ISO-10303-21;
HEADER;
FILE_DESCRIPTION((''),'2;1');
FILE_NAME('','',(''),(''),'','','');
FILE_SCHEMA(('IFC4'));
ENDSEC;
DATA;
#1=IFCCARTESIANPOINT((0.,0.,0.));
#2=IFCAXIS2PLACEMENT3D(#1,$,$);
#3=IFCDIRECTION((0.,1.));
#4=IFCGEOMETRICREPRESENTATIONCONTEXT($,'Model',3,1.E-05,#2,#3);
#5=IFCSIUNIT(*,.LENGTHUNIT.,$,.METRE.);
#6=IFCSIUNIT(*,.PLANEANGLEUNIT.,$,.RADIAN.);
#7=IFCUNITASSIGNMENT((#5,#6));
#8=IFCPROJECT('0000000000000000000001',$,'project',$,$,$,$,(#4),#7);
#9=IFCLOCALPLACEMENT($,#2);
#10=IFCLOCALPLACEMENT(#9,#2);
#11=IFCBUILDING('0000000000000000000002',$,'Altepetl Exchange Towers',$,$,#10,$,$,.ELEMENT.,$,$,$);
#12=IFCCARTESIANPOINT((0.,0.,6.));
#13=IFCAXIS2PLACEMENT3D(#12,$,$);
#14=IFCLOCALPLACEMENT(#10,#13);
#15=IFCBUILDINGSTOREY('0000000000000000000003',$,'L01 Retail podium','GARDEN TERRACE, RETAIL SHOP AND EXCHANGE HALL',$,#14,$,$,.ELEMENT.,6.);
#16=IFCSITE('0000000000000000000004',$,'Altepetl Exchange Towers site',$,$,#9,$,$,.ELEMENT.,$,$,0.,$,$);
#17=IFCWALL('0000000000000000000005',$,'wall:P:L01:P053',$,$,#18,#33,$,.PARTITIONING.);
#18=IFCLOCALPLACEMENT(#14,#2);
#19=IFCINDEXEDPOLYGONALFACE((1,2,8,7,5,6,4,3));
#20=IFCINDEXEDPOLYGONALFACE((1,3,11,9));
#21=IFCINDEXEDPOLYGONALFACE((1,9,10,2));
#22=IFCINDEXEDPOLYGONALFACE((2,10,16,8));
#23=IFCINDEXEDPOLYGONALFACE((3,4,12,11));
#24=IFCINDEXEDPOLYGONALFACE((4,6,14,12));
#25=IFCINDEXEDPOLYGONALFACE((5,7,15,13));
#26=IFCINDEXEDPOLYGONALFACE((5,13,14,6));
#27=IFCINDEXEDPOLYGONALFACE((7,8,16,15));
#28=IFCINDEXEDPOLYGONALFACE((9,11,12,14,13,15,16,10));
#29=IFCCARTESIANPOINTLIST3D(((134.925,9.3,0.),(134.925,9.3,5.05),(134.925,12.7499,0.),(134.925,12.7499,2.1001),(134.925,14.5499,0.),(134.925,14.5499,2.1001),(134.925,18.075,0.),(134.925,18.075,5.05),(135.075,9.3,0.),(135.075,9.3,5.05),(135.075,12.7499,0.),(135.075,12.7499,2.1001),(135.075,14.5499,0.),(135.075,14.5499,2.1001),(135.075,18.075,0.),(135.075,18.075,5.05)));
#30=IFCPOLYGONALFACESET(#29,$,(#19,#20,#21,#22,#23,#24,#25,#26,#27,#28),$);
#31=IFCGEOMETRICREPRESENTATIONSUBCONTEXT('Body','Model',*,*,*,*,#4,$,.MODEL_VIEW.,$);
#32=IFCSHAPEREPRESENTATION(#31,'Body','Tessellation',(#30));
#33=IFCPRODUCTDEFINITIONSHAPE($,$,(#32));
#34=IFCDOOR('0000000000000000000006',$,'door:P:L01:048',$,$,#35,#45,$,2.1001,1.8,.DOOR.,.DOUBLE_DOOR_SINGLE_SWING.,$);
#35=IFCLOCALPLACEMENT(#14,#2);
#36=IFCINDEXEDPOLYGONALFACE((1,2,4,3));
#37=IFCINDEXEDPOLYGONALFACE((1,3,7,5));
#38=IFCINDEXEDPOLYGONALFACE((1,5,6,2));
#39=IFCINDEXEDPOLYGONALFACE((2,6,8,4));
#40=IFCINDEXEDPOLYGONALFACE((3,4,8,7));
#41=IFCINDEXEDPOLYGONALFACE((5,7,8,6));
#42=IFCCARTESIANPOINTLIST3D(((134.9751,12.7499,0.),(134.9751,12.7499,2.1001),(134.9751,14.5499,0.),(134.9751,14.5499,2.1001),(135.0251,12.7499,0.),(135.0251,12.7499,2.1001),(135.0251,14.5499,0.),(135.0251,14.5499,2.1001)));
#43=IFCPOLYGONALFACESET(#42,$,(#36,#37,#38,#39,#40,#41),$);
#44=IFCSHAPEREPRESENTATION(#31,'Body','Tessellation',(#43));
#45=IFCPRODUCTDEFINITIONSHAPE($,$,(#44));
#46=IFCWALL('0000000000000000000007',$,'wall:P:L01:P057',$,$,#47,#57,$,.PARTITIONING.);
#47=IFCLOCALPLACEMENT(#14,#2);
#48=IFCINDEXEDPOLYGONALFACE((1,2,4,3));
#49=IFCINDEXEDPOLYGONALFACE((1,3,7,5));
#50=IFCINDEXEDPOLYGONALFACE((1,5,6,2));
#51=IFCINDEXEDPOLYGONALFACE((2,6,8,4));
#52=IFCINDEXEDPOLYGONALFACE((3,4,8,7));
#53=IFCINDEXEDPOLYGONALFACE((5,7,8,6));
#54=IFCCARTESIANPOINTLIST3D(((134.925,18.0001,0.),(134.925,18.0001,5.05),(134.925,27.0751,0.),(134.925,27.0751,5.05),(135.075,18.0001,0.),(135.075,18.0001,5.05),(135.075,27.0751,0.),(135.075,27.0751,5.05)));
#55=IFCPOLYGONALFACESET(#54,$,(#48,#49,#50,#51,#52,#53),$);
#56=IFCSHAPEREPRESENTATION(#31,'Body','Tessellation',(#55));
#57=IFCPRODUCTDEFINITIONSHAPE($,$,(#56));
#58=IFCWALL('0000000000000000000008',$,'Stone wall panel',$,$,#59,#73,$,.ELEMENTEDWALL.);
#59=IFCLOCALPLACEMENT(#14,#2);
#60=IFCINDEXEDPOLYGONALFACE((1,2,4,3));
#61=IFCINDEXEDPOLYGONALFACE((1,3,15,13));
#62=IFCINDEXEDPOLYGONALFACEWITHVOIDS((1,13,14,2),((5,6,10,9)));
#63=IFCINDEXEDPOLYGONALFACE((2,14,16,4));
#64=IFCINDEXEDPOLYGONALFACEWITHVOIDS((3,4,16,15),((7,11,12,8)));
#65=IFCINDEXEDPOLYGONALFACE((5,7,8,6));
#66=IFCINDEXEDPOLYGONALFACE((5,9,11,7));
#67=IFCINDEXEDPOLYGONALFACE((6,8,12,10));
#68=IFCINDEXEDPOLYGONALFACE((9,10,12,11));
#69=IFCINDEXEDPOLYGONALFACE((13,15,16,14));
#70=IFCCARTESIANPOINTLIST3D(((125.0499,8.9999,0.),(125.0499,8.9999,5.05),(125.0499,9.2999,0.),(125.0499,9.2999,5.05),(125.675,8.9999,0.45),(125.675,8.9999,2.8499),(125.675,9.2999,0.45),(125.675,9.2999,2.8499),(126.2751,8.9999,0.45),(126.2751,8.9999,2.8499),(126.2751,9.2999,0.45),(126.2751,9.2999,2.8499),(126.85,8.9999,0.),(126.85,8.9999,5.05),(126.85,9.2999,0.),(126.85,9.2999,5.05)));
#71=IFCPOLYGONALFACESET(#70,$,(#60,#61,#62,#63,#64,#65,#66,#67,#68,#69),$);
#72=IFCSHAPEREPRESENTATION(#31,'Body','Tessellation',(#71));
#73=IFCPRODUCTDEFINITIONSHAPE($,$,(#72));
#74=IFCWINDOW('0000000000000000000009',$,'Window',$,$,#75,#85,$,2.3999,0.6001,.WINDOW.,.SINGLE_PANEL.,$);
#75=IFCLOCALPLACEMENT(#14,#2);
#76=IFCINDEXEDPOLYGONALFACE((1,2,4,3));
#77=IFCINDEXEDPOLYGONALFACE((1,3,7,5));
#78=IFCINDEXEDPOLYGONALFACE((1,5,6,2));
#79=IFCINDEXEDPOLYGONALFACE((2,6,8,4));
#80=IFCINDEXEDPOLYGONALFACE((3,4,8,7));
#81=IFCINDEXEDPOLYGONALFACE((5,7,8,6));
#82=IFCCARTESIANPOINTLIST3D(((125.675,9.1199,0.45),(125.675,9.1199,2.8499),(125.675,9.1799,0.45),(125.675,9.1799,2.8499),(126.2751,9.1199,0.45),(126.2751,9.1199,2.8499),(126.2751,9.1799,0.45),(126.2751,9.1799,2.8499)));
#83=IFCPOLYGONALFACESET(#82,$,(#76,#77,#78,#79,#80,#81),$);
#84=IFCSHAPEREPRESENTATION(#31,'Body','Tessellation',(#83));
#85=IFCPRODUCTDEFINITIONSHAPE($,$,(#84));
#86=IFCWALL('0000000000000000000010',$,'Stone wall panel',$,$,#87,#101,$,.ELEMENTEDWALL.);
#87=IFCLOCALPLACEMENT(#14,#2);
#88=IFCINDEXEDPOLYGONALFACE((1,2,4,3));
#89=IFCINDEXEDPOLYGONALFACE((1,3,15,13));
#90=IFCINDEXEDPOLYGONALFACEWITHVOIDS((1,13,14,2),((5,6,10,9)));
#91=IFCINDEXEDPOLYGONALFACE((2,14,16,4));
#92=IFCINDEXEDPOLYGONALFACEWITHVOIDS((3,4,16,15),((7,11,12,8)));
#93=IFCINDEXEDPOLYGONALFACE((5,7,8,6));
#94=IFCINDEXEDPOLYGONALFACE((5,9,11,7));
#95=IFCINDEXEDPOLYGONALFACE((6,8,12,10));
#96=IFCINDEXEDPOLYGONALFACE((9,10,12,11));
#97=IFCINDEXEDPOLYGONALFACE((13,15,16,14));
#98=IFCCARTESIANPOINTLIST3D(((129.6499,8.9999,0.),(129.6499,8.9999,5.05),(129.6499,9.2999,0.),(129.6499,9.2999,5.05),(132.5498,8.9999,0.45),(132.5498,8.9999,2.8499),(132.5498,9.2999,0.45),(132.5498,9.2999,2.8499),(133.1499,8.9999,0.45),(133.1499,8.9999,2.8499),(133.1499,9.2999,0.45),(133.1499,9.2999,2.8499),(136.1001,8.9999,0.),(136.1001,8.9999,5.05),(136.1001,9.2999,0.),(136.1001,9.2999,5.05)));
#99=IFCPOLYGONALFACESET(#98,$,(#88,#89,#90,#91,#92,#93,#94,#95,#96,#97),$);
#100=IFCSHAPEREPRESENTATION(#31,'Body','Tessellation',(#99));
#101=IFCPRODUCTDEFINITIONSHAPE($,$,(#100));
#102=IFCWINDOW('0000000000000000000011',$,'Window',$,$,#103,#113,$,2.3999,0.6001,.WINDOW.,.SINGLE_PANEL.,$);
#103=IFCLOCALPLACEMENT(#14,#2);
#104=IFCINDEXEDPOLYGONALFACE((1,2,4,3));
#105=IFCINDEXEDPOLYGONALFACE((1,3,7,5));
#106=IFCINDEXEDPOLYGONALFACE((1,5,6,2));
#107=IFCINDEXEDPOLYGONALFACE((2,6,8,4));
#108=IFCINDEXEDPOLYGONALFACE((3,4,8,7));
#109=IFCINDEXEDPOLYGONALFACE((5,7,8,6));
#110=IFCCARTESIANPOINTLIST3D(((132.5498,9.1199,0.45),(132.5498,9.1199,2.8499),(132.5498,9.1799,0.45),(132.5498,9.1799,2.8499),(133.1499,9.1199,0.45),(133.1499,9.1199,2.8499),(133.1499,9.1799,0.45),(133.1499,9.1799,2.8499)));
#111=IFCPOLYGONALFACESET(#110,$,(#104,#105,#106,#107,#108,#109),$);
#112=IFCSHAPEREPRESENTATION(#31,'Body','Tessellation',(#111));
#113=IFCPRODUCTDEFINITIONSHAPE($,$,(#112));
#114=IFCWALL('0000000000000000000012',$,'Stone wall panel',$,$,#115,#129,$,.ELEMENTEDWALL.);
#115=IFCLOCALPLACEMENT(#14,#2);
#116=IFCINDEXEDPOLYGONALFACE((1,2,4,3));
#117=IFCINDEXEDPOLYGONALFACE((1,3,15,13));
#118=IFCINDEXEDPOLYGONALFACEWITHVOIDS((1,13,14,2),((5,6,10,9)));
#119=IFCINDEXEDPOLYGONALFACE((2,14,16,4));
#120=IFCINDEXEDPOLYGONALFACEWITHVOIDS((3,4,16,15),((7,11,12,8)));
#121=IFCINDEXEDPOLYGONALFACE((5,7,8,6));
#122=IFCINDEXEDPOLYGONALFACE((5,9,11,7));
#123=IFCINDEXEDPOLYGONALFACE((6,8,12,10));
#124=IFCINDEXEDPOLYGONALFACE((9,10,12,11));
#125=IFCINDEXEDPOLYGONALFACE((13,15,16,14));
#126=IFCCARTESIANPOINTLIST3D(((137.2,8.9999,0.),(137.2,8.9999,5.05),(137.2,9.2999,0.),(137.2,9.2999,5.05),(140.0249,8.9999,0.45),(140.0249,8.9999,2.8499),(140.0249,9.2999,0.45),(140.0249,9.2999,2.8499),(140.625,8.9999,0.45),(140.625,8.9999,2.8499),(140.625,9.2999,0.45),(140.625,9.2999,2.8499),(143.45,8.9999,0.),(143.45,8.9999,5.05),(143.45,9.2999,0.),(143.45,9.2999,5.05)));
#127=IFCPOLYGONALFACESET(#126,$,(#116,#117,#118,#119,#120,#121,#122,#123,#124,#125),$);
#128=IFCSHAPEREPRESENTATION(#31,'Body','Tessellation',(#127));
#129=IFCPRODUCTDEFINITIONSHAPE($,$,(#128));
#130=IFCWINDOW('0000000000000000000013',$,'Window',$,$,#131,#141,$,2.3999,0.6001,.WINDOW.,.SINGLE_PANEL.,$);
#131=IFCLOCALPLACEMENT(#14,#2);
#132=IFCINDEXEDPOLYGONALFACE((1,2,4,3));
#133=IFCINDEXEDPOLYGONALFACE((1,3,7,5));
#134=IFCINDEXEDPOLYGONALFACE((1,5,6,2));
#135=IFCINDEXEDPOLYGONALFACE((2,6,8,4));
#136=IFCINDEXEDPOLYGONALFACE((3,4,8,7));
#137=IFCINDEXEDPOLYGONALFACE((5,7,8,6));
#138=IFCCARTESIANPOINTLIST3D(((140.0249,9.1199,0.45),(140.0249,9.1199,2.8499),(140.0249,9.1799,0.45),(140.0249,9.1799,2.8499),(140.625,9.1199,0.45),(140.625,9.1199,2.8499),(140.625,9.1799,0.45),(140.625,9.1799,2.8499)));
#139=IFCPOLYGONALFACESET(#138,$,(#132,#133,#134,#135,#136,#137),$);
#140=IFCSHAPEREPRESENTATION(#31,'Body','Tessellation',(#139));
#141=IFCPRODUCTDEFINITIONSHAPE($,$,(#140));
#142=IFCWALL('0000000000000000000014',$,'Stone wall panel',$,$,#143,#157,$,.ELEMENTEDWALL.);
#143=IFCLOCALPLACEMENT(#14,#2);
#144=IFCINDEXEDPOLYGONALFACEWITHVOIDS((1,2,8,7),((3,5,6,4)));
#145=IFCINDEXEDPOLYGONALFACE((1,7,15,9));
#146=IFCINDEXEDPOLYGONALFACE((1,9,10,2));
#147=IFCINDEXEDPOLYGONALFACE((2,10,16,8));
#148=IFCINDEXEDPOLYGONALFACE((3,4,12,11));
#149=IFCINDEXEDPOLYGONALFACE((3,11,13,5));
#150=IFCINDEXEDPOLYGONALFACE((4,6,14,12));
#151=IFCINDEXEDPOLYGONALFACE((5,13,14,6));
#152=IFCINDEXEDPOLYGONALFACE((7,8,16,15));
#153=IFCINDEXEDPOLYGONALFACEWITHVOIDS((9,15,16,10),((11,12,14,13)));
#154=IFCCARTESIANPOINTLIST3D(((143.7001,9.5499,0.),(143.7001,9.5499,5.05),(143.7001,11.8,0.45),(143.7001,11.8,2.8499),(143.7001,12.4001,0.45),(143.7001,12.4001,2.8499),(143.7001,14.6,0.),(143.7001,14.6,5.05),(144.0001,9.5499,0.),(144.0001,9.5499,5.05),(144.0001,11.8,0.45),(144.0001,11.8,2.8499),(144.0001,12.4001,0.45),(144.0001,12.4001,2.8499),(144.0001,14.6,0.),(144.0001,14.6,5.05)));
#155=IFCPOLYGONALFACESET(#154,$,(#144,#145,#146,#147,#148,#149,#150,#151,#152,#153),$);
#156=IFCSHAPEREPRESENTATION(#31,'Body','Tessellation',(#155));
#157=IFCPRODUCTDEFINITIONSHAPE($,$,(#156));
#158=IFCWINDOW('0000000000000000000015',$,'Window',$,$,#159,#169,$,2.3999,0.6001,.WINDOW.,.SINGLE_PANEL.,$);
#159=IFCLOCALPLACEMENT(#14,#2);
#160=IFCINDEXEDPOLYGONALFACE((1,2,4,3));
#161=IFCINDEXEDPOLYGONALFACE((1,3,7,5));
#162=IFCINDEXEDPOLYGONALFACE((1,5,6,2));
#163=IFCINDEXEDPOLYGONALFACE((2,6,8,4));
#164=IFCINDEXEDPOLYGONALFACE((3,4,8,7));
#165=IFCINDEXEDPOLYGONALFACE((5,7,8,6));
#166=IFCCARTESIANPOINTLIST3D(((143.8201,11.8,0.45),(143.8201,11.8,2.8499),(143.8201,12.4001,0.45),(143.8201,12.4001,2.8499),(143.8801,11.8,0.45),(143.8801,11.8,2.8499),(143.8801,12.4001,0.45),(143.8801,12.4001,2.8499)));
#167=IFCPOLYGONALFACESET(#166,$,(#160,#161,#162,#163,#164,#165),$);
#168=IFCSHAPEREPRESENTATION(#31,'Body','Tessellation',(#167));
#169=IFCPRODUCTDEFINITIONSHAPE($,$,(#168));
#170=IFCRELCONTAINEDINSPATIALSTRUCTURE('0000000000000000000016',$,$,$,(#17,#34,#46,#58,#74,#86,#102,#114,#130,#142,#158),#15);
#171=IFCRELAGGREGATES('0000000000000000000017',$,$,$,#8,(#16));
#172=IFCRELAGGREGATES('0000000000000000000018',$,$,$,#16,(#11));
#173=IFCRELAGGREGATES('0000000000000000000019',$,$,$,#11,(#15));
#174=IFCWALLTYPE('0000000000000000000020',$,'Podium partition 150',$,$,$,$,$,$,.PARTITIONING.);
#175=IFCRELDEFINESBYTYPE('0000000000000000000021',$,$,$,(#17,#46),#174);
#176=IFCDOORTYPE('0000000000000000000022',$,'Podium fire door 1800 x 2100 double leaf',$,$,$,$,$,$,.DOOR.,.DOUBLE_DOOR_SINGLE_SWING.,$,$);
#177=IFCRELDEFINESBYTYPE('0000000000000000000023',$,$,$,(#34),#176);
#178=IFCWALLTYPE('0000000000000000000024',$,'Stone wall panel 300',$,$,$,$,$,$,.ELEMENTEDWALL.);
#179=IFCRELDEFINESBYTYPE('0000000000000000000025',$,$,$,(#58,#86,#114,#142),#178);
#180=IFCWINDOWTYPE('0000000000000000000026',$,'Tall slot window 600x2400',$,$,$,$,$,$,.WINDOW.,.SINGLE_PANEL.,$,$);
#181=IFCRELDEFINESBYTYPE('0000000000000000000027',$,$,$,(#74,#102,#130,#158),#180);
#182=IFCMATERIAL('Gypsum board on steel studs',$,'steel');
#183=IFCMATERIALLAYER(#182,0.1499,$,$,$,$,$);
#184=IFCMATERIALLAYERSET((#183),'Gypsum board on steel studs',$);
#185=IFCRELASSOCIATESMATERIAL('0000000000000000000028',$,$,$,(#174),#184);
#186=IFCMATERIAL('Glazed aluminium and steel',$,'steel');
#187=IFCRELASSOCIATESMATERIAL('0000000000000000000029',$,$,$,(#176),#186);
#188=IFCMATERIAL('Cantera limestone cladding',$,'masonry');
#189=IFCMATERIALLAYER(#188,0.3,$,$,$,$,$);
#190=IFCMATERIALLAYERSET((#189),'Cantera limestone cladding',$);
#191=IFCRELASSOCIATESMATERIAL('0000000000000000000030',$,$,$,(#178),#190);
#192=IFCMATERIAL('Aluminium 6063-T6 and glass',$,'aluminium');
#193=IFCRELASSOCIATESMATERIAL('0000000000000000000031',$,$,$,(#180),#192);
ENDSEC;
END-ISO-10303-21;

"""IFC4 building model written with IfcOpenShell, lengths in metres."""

from ifc_helpers import new_model, si_unit, direction, frame, frame_2d, origin, place, context, subcontext, project, spatial, rectangle, extrude, material, layer, layer_set, type_object, element, fill, save


model = new_model("IFC4")

# Units and contexts
model_context = context("Model", 3, precision=1e-05, world=origin(), true_north=direction((0.0, 1.0)))
body_context = subcontext(model_context, "Body", "Model", "MODEL_VIEW")
ifc_project = project(units=[si_unit("LENGTHUNIT", "METRE"), si_unit("PLANEANGLEUNIT", "RADIAN")], contexts=[model_context])

# Site, building, storey
site_placement = place(None, origin())
site = spatial("IfcSite", under=ifc_project, at=site_placement, Name="Altepetl Exchange Towers site", CompositionType="ELEMENT", RefElevation=0.0)
building_placement = place(site_placement, origin())
building = spatial("IfcBuilding", under=site, at=building_placement, Name="Altepetl Exchange Towers", CompositionType="ELEMENT")
storey_placement = place(building_placement, frame((0.0, 0.0, 6.0)))
storey = spatial("IfcBuildingStorey", under=building, at=storey_placement, Name="L01 Retail podium", Description="GARDEN TERRACE, RETAIL SHOP AND EXCHANGE HALL", CompositionType="ELEMENT", Elevation=6.0)

# Shared definitions
ifc_material_1 = material(Name="Aluminium 6063-T6 and glass", Category="aluminium")

# Wall, opening, door
ifc_material_2 = material(Name="Gypsum board on steel studs", Category="steel")
ifc_layer_1 = layer(ifc_material_2, 0.1499)
ifc_layer_set_1 = layer_set([ifc_layer_1], Name="Gypsum board on steel studs")
wall_type_1 = type_object("IfcWallType", Name="Podium partition 150", PredefinedType="PARTITIONING", material=ifc_layer_set_1)
wall_1_placement = place(storey_placement, frame((135.0, 9.3, 0.0), z_axis=(0.0, 0.0, 1.0), x_axis=(0.0, 1.0, 0.0)))
wall_1 = element("IfcWall", 1, at=wall_1_placement, inside=storey, type_object=wall_type_1, Name="wall:P:L01:P053", PredefinedType="PARTITIONING", context=body_context, shape_type="SweptSolid", body=[
    extrude(rectangle(XDim=8.7749, YDim=0.1499, at=frame_2d((4.3875, 0.0))), origin(), (0.0, 0.0, 1.0), 5.05),
])
opening_1_placement = place(wall_1_placement, frame((3.45, 0.0, 0.0)))
opening_1 = element("IfcOpeningElement", 2, at=opening_1_placement, cuts=wall_1, PredefinedType="OPENING", context=body_context, shape_type="SweptSolid", body=[
    extrude(rectangle(XDim=1.8, YDim=2.1001, at=frame_2d((0.8999, 1.05))), frame((0.0, 0.085, 0.0), z_axis=(0.0, -1.0, 0.0), x_axis=(1.0, 0.0, 0.0)), (0.0, 0.0, 1.0), 0.1699),
])
ifc_material_3 = material(Name="Glazed aluminium and steel", Category="steel")
door_type_1 = type_object("IfcDoorType", Name="Podium fire door 1800 x 2100 double leaf", OperationType="DOUBLE_DOOR_SINGLE_SWING", PredefinedType="DOOR", material=ifc_material_3)
door_1_placement = place(opening_1_placement, origin())
door_1 = element("IfcDoor", 3, at=door_1_placement, inside=storey, type_object=door_type_1, Name="door:P:L01:048", OperationType="DOUBLE_DOOR_SINGLE_SWING", OverallHeight=2.1001, OverallWidth=1.8, PredefinedType="DOOR", context=body_context, shape_type="SweptSolid", body=[
    extrude(rectangle(XDim=1.8, YDim=2.1001, at=frame_2d((0.8999, 1.05))), frame((0.0, 0.0249, 0.0), z_axis=(0.0, -1.0, 0.0), x_axis=(1.0, 0.0, 0.0)), (0.0, 0.0, 1.0), 0.05),
])
fill(opening_1, door_1)

# Wall
wall_2_placement = place(storey_placement, frame((135.0, 18.0, 0.0), z_axis=(0.0, 0.0, 1.0), x_axis=(0.0, 1.0, 0.0)))
element("IfcWall", 4, at=wall_2_placement, inside=storey, type_object=wall_type_1, Name="wall:P:L01:P057", PredefinedType="PARTITIONING", context=body_context, shape_type="SweptSolid", body=[
    extrude(rectangle(XDim=9.075, YDim=0.1499, at=frame_2d((4.5376, 0.0))), origin(), (0.0, 0.0, 1.0), 5.05),
])

# Walls, openings, windows
ifc_material_4 = material(Name="Cantera limestone cladding", Category="masonry")
ifc_layer_2 = layer(ifc_material_4, 0.3)
ifc_layer_set_2 = layer_set([ifc_layer_2], Name="Cantera limestone cladding")
wall_type_2 = type_object("IfcWallType", Name="Stone wall panel 300", PredefinedType="ELEMENTEDWALL", material=ifc_layer_set_2)
wall_3_placement = place(storey_placement, frame((125.05, 9.1499, 0.0)))
wall_3 = element("IfcWall", 5, at=wall_3_placement, inside=storey, type_object=wall_type_2, Name="Stone wall panel", PredefinedType="ELEMENTEDWALL", context=body_context, shape_type="SweptSolid", body=[
    extrude(rectangle(XDim=1.8, YDim=0.3, at=frame_2d((0.8999, 0.0))), origin(), (0.0, 0.0, 1.0), 5.05),
])
opening_2_placement = place(wall_3_placement, frame((0.625, 0.0, 0.45)))
opening_2 = element("IfcOpeningElement", 6, at=opening_2_placement, cuts=wall_3, PredefinedType="OPENING", context=body_context, shape_type="SweptSolid", body=[
    extrude(rectangle(XDim=0.6001, YDim=2.3999, at=frame_2d((0.3, 1.2))), frame((0.0, 0.1602, 0.0), z_axis=(0.0, -1.0, 0.0), x_axis=(1.0, 0.0, 0.0)), (0.0, 0.0, 1.0), 0.3201),
])
window_type = type_object("IfcWindowType", Name="Tall slot window 600x2400", PartitioningType="SINGLE_PANEL", PredefinedType="WINDOW", material=ifc_material_1)
window_1_placement = place(opening_2_placement, origin())
window_1 = element("IfcWindow", 7, at=window_1_placement, inside=storey, type_object=window_type, Name="Window", OverallHeight=2.3999, OverallWidth=0.6001, PartitioningType="SINGLE_PANEL", PredefinedType="WINDOW", context=body_context, shape_type="SweptSolid", body=[
    extrude(rectangle(XDim=0.6001, YDim=2.3999, at=frame_2d((0.3, 1.2))), frame((0.0, 0.03, 0.0), z_axis=(0.0, -1.0, 0.0), x_axis=(1.0, 0.0, 0.0)), (0.0, 0.0, 1.0), 0.0601),
])
fill(opening_2, window_1)
wall_4_placement = place(storey_placement, frame((129.6499, 9.1499, 0.0)))
wall_4 = element("IfcWall", 8, at=wall_4_placement, inside=storey, type_object=wall_type_2, Name="Stone wall panel", PredefinedType="ELEMENTEDWALL", context=body_context, shape_type="SweptSolid", body=[
    extrude(rectangle(XDim=6.4502, YDim=0.3, at=frame_2d((3.2251, 0.0))), origin(), (0.0, 0.0, 1.0), 5.05),
])
opening_3_placement = place(wall_4_placement, frame((2.8999, 0.0, 0.45)))
opening_3 = element("IfcOpeningElement", 9, at=opening_3_placement, cuts=wall_4, PredefinedType="OPENING", context=body_context, shape_type="SweptSolid", body=[
    extrude(rectangle(XDim=0.6001, YDim=2.3999, at=frame_2d((0.3, 1.2))), frame((0.0, 0.1602, 0.0), z_axis=(0.0, -1.0, 0.0), x_axis=(1.0, 0.0, 0.0)), (0.0, 0.0, 1.0), 0.3201),
])
window_2_placement = place(opening_3_placement, origin())
window_2 = element("IfcWindow", 10, at=window_2_placement, inside=storey, type_object=window_type, Name="Window", OverallHeight=2.3999, OverallWidth=0.6001, PartitioningType="SINGLE_PANEL", PredefinedType="WINDOW", context=body_context, shape_type="SweptSolid", body=[
    extrude(rectangle(XDim=0.6001, YDim=2.3999, at=frame_2d((0.3, 1.2))), frame((0.0, 0.03, 0.0), z_axis=(0.0, -1.0, 0.0), x_axis=(1.0, 0.0, 0.0)), (0.0, 0.0, 1.0), 0.0601),
])
fill(opening_3, window_2)
wall_5_placement = place(storey_placement, frame((137.2, 9.1499, 0.0)))
wall_5 = element("IfcWall", 11, at=wall_5_placement, inside=storey, type_object=wall_type_2, Name="Stone wall panel", PredefinedType="ELEMENTEDWALL", context=body_context, shape_type="SweptSolid", body=[
    extrude(rectangle(XDim=6.25, YDim=0.3, at=frame_2d((3.125, 0.0))), origin(), (0.0, 0.0, 1.0), 5.05),
])
opening_4_placement = place(wall_5_placement, frame((2.825, 0.0, 0.45)))
opening_4 = element("IfcOpeningElement", 12, at=opening_4_placement, cuts=wall_5, PredefinedType="OPENING", context=body_context, shape_type="SweptSolid", body=[
    extrude(rectangle(XDim=0.6001, YDim=2.3999, at=frame_2d((0.3, 1.2))), frame((0.0, 0.1602, 0.0), z_axis=(0.0, -1.0, 0.0), x_axis=(1.0, 0.0, 0.0)), (0.0, 0.0, 1.0), 0.3201),
])
window_3_placement = place(opening_4_placement, origin())
window_3 = element("IfcWindow", 13, at=window_3_placement, inside=storey, type_object=window_type, Name="Window", OverallHeight=2.3999, OverallWidth=0.6001, PartitioningType="SINGLE_PANEL", PredefinedType="WINDOW", context=body_context, shape_type="SweptSolid", body=[
    extrude(rectangle(XDim=0.6001, YDim=2.3999, at=frame_2d((0.3, 1.2))), frame((0.0, 0.03, 0.0), z_axis=(0.0, -1.0, 0.0), x_axis=(1.0, 0.0, 0.0)), (0.0, 0.0, 1.0), 0.0601),
])
fill(opening_4, window_3)
wall_6_placement = place(storey_placement, frame((143.8501, 9.55, 0.0), z_axis=(0.0, 0.0, 1.0), x_axis=(0.0, 1.0, 0.0)))
wall_6 = element("IfcWall", 14, at=wall_6_placement, inside=storey, type_object=wall_type_2, Name="Stone wall panel", PredefinedType="ELEMENTEDWALL", context=body_context, shape_type="SweptSolid", body=[
    extrude(rectangle(XDim=5.05, YDim=0.3, at=frame_2d((2.5249, 0.0))), origin(), (0.0, 0.0, 1.0), 5.05),
])
opening_5_placement = place(wall_6_placement, frame((2.25, 0.0, 0.45)))
opening_5 = element("IfcOpeningElement", 15, at=opening_5_placement, cuts=wall_6, PredefinedType="OPENING", context=body_context, shape_type="SweptSolid", body=[
    extrude(rectangle(XDim=0.6001, YDim=2.3999, at=frame_2d((0.3, 1.2))), frame((0.0, 0.1602, 0.0), z_axis=(0.0, -1.0, 0.0), x_axis=(1.0, 0.0, 0.0)), (0.0, 0.0, 1.0), 0.3201),
])
window_4_placement = place(opening_5_placement, origin())
window_4 = element("IfcWindow", 16, at=window_4_placement, inside=storey, type_object=window_type, Name="Window", OverallHeight=2.3999, OverallWidth=0.6001, PartitioningType="SINGLE_PANEL", PredefinedType="WINDOW", context=body_context, shape_type="SweptSolid", body=[
    extrude(rectangle(XDim=0.6001, YDim=2.3999, at=frame_2d((0.3, 1.2))), frame((0.0, 0.03, 0.0), z_axis=(0.0, -1.0, 0.0), x_axis=(1.0, 0.0, 0.0)), (0.0, 0.0, 1.0), 0.0601),
])
fill(opening_5, window_4)

save(model, "model.ifc")
